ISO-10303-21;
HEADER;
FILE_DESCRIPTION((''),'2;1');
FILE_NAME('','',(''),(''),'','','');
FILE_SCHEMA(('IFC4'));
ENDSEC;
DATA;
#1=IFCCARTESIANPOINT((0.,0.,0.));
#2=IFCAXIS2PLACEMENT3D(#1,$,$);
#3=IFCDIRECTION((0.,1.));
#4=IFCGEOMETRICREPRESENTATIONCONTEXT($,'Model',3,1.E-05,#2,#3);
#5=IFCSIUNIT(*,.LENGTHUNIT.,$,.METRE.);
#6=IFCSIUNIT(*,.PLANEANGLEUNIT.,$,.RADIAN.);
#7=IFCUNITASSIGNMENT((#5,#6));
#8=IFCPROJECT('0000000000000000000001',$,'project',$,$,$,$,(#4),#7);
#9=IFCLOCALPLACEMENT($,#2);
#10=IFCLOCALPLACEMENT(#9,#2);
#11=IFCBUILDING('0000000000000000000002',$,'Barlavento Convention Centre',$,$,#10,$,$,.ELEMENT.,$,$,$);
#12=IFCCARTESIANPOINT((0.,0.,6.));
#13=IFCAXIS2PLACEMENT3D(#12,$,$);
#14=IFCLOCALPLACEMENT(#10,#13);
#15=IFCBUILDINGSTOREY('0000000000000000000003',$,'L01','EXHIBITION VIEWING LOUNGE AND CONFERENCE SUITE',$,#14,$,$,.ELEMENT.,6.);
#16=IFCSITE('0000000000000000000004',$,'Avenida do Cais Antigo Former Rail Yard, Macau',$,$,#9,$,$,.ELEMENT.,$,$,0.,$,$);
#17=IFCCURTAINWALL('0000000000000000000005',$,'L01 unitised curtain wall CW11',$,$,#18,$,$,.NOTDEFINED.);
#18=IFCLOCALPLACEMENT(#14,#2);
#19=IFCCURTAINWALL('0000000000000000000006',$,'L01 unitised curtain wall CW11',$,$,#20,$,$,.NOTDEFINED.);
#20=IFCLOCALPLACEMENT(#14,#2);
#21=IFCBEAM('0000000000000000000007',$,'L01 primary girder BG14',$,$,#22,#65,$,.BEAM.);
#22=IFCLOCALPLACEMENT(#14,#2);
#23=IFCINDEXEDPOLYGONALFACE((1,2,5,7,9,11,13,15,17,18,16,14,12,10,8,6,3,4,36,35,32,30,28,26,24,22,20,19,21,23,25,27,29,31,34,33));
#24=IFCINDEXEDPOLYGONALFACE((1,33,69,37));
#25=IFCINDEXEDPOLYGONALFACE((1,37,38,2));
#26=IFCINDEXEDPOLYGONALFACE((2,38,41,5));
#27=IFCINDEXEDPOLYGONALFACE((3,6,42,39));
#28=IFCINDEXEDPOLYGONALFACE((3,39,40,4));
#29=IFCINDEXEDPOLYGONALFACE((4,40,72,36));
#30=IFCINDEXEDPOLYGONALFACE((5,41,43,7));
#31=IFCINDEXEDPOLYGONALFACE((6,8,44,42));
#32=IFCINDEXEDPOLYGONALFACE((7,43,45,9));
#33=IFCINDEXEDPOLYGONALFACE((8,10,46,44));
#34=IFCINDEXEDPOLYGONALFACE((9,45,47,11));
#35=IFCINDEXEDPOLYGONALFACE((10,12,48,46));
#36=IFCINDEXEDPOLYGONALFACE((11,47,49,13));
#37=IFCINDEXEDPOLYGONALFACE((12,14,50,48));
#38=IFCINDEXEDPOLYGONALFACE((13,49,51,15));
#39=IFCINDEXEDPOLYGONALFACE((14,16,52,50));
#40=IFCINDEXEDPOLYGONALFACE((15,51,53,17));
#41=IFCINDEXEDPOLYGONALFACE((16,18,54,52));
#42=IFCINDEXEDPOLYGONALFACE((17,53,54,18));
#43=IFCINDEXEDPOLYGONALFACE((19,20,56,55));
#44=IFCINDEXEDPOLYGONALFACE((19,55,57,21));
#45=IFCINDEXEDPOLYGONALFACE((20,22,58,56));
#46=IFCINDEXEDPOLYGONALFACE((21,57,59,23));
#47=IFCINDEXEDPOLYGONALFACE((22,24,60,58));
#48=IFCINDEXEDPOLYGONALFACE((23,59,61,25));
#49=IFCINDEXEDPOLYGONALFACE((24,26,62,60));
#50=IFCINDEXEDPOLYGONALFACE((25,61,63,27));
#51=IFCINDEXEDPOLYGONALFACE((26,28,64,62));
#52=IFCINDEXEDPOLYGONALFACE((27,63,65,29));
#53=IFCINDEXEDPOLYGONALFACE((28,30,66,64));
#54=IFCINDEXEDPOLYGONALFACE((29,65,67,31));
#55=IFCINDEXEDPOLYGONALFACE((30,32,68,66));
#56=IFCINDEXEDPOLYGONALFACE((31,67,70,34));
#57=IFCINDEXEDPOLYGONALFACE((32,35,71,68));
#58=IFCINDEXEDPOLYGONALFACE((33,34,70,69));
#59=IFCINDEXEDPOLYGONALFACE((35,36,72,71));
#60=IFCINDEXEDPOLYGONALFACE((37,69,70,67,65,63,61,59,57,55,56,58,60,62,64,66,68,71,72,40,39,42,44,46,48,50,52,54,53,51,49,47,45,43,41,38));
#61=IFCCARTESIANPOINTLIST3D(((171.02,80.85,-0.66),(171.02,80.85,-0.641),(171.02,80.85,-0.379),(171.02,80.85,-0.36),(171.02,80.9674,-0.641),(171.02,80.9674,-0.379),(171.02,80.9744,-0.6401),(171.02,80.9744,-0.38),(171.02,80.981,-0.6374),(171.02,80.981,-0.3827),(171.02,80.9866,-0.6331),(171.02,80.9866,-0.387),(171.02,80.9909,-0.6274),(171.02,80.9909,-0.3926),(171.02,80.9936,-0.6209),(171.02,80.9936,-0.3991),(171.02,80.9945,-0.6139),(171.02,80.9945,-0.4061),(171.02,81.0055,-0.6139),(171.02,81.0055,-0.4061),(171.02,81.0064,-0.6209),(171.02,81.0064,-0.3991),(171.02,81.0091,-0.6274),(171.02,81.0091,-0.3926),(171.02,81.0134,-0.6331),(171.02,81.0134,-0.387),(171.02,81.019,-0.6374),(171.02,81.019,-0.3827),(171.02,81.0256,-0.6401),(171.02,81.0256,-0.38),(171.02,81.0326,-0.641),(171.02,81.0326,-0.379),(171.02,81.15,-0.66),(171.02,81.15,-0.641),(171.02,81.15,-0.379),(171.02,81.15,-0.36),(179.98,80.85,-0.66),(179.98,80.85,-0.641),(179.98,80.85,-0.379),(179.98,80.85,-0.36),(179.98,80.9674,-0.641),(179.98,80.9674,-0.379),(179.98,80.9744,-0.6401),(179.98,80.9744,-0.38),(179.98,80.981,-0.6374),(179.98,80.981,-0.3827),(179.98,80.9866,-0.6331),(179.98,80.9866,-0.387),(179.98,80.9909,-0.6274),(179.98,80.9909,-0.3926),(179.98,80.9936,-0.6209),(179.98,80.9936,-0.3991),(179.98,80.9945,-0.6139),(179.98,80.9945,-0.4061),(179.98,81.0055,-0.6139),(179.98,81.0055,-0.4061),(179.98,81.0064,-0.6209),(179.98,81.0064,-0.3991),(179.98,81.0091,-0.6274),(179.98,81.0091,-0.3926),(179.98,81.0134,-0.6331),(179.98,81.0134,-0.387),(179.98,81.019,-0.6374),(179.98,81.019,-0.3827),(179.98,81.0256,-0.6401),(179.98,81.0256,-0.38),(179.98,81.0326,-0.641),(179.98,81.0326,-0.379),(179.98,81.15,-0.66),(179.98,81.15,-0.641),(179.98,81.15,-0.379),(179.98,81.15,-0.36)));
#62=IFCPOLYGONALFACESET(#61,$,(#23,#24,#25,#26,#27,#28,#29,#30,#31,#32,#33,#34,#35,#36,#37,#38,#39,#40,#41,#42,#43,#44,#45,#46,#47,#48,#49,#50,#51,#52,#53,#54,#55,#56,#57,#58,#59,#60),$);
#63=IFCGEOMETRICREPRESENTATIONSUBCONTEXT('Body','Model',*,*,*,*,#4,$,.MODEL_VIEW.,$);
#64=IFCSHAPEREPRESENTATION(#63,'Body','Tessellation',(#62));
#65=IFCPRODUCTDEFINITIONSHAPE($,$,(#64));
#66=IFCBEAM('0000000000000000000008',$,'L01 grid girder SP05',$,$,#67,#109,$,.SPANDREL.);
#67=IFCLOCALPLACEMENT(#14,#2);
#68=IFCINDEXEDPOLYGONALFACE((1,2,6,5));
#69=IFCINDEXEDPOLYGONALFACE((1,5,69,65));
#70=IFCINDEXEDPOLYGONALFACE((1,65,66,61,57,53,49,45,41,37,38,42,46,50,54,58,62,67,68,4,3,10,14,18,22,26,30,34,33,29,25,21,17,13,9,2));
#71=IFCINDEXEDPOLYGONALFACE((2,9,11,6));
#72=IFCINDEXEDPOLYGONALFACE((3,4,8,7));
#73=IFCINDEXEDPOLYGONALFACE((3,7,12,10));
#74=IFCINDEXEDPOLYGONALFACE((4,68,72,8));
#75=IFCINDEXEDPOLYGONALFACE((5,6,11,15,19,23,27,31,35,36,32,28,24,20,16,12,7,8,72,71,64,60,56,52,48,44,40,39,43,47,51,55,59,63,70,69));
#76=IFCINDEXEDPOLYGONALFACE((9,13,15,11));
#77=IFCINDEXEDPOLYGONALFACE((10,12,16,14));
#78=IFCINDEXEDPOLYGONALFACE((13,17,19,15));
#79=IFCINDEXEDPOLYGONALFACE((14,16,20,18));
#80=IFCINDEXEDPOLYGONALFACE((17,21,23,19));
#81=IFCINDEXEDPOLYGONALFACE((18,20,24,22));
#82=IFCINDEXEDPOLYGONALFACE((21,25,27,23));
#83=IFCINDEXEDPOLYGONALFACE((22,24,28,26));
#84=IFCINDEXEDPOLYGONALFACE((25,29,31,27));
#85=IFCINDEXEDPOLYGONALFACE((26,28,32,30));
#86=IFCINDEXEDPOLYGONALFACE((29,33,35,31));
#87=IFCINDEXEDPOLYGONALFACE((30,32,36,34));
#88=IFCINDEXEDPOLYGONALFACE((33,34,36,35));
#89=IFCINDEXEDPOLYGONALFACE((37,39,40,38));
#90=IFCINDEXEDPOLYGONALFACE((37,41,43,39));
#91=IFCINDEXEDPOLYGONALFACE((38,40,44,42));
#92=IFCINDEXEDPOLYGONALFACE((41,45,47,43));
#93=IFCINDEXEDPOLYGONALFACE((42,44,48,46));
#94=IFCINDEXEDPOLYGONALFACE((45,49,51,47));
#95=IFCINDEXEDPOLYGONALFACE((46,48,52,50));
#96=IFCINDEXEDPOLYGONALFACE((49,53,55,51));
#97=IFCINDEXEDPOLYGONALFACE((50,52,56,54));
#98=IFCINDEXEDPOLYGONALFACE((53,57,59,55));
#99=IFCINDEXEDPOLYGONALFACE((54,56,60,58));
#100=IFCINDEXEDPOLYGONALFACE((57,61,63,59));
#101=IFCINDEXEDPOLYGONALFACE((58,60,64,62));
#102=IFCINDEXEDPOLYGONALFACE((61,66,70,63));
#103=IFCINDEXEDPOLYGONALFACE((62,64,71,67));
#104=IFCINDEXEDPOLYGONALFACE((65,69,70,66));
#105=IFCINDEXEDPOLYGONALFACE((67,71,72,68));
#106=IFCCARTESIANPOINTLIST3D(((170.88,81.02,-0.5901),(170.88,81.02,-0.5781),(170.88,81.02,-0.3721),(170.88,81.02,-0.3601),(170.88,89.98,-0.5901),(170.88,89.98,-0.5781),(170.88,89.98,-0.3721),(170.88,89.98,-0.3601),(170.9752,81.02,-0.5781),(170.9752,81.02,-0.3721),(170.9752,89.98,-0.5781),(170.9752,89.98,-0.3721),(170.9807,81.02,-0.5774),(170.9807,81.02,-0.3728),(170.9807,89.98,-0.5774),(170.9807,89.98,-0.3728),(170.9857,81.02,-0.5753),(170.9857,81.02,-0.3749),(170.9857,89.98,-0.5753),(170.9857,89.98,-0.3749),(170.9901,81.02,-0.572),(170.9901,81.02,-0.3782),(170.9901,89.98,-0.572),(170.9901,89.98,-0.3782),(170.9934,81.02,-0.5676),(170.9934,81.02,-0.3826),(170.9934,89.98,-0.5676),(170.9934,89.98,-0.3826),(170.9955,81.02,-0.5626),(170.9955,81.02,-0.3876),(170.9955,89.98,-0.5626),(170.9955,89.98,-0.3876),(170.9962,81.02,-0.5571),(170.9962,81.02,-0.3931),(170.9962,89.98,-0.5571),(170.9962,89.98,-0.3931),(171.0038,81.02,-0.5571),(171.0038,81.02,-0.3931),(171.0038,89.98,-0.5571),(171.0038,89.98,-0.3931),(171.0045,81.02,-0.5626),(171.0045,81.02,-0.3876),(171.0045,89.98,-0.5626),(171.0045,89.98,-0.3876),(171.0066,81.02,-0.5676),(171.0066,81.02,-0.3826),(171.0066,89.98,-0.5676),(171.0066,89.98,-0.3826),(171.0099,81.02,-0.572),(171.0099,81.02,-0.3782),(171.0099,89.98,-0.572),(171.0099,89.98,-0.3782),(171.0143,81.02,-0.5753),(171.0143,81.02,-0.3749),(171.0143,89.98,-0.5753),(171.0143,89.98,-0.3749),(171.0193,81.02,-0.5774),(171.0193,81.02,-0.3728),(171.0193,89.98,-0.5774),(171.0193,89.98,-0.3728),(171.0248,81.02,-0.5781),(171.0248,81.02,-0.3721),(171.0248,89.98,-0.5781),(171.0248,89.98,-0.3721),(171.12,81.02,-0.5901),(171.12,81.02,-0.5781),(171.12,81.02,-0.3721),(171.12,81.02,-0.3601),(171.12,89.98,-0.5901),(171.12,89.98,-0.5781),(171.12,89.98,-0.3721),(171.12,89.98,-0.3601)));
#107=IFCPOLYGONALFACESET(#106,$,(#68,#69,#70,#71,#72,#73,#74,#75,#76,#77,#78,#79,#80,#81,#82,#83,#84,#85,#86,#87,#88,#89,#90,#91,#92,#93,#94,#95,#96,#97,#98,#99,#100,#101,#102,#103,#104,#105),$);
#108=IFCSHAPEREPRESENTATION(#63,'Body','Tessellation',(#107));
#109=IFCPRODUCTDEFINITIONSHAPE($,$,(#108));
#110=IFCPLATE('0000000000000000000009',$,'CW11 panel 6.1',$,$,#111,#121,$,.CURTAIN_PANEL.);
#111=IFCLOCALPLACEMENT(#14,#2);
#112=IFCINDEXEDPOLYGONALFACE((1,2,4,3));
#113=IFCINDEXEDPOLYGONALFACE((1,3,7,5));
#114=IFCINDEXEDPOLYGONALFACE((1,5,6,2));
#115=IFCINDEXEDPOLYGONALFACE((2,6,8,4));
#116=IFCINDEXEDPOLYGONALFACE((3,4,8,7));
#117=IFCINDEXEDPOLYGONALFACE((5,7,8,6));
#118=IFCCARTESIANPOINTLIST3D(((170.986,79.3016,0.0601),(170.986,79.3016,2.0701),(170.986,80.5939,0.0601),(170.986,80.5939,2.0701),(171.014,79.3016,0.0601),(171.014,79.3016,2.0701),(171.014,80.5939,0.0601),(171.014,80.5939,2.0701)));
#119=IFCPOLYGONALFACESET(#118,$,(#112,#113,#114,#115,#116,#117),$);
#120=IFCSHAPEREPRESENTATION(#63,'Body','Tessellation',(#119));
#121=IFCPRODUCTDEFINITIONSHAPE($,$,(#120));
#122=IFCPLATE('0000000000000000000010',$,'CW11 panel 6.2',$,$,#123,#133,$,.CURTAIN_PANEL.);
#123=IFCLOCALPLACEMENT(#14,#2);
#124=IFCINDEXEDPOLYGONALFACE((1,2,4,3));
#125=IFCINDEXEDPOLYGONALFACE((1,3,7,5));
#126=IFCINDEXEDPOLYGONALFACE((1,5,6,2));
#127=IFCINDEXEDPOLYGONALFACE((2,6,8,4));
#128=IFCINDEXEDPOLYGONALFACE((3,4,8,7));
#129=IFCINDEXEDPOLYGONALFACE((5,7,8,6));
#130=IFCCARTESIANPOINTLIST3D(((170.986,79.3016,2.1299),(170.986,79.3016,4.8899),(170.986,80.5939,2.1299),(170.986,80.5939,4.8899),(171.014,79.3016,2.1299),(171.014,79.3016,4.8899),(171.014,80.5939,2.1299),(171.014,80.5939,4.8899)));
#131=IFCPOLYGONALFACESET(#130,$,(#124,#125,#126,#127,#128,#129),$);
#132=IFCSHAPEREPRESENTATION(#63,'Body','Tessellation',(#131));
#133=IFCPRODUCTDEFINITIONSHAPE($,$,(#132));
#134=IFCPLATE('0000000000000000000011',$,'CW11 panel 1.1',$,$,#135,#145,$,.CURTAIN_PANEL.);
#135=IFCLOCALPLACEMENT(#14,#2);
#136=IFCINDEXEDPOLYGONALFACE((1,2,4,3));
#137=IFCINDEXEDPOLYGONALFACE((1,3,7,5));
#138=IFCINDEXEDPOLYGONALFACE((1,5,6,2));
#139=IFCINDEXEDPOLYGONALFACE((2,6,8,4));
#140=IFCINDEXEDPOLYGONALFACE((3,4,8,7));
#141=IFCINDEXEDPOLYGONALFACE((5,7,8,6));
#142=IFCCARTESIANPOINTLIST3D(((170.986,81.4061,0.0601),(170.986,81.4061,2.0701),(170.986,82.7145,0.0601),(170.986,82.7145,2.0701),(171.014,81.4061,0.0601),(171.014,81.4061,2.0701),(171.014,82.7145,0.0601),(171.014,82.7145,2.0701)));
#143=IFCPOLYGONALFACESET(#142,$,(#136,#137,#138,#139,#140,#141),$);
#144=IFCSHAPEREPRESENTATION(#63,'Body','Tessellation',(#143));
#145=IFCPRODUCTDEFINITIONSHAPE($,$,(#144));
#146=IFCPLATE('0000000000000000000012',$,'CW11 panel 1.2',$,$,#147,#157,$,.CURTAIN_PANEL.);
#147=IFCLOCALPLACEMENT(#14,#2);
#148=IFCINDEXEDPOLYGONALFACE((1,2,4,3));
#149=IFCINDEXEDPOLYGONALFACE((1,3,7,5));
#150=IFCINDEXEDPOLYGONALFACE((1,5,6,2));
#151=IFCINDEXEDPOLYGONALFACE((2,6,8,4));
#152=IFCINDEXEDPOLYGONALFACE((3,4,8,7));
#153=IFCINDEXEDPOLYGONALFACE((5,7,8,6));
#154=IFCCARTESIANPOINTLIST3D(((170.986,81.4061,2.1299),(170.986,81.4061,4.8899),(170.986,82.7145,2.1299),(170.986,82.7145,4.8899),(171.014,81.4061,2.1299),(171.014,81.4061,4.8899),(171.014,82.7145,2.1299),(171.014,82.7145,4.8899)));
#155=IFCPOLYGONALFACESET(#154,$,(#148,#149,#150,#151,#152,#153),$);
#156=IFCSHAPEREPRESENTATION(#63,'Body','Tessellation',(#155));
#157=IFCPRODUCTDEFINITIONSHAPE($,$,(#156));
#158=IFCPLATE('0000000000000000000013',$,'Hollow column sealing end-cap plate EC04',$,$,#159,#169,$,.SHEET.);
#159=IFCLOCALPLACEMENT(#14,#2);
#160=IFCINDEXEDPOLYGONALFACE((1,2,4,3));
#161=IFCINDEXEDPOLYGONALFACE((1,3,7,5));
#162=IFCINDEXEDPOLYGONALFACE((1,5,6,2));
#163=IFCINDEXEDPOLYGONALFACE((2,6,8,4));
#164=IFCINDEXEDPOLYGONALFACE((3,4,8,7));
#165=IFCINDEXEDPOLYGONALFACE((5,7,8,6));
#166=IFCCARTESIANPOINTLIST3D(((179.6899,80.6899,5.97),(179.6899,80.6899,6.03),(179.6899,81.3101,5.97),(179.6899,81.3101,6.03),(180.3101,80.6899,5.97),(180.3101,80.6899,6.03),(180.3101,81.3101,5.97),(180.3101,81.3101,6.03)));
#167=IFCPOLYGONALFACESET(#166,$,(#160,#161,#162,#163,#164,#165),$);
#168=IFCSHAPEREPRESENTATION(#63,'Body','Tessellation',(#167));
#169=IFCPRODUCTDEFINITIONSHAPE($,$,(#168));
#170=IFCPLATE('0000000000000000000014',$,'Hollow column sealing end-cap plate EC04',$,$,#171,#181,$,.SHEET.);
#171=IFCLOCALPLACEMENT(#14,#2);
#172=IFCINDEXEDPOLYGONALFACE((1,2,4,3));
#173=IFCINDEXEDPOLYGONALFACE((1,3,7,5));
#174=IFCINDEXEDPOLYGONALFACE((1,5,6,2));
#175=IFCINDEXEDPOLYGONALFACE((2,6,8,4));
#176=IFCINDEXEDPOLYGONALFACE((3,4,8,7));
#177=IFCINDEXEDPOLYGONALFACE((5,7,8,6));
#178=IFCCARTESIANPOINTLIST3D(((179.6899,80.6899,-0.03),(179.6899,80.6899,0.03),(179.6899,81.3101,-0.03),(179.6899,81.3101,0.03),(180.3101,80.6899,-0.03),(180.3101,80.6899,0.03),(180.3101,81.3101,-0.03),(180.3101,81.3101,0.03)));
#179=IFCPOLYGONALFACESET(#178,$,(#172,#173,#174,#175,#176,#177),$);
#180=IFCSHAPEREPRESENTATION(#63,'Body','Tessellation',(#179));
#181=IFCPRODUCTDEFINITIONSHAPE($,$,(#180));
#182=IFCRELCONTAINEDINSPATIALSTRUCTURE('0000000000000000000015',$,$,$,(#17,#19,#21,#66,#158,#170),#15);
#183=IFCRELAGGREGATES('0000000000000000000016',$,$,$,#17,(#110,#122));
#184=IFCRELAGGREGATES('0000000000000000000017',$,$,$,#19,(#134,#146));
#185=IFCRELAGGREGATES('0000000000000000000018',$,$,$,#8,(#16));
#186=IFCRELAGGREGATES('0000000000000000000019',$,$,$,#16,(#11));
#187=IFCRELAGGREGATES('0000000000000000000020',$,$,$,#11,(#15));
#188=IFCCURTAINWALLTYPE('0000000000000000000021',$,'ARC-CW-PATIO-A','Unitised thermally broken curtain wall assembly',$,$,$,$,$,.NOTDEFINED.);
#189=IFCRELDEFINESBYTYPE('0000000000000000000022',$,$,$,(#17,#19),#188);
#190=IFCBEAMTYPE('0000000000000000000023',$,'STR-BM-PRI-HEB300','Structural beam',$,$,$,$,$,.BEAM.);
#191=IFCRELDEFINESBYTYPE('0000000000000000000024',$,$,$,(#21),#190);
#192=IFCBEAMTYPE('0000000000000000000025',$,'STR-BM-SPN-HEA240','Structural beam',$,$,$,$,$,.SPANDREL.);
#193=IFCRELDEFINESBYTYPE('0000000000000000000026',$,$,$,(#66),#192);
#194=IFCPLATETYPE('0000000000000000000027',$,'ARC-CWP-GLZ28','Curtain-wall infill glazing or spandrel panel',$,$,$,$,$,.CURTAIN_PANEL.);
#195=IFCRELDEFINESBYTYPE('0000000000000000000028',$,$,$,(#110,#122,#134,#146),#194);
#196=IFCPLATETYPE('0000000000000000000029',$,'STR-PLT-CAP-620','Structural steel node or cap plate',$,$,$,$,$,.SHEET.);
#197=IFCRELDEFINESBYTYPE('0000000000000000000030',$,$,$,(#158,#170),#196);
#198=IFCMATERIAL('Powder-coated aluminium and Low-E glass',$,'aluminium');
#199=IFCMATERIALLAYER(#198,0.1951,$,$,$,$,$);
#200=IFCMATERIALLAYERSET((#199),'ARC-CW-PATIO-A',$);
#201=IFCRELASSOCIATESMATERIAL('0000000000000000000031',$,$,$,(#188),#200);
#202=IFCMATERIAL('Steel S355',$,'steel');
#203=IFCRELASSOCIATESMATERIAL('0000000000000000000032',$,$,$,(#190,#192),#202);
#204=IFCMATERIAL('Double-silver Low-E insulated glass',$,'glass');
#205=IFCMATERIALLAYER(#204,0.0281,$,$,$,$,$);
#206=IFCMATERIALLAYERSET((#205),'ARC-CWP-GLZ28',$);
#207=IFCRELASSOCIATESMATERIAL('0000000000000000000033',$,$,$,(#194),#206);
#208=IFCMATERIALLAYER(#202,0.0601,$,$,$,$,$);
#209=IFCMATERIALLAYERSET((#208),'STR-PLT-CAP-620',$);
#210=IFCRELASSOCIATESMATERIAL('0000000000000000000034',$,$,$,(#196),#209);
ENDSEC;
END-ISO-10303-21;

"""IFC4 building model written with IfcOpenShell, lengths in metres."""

from ifc_helpers import new_model, si_unit, direction, frame, origin, origin_2d, place, context, subcontext, project, spatial, rectangle, i_section, extrude, material, layer, layer_set, material_profile, profile_set, type_object, element, aggregate, save


model = new_model("IFC4")

# Units and contexts
model_context = context("Model", 3, precision=1e-05, world=origin(), true_north=direction((0.0, 1.0)))
body_context = subcontext(model_context, "Body", "Model", "MODEL_VIEW")
ifc_project = project(units=[si_unit("LENGTHUNIT", "METRE"), si_unit("PLANEANGLEUNIT", "RADIAN")], contexts=[model_context])

# Site, building, storey
site_placement = place(None, origin())
site = spatial("IfcSite", under=ifc_project, at=site_placement, Name="Avenida do Cais Antigo Former Rail Yard, Macau", CompositionType="ELEMENT", RefElevation=0.0)
building_placement = place(site_placement, origin())
building = spatial("IfcBuilding", under=site, at=building_placement, Name="Barlavento Convention Centre", CompositionType="ELEMENT")
storey_placement = place(building_placement, frame((0.0, 0.0, 6.0)))
storey = spatial("IfcBuildingStorey", under=building, at=storey_placement, Name="L01", Description="EXHIBITION VIEWING LOUNGE AND CONFERENCE SUITE", CompositionType="ELEMENT", Elevation=6.0)

# Shared definitions
ifc_material_1 = material(Name="Steel S355", Category="steel")

# Curtain wall
ifc_material_2 = material(Name="Powder-coated aluminium and Low-E glass", Category="aluminium")
ifc_layer_1 = layer(ifc_material_2, 0.1951)
ifc_layer_set_1 = layer_set([ifc_layer_1], Name="ARC-CW-PATIO-A")
curtain_wall_type = type_object("IfcCurtainWallType", Name="ARC-CW-PATIO-A", Description="Unitised thermally broken curtain wall assembly", PredefinedType="NOTDEFINED", material=ifc_layer_set_1)
curtain_wall_1_placement = place(storey_placement, origin())
curtain_wall_1 = element("IfcCurtainWall", 1, at=curtain_wall_1_placement, inside=storey, type_object=curtain_wall_type, Name="L01 unitised curtain wall CW11", PredefinedType="NOTDEFINED")

# Curtain wall
curtain_wall_2_placement = place(storey_placement, origin())
curtain_wall_2 = element("IfcCurtainWall", 2, at=curtain_wall_2_placement, inside=storey, type_object=curtain_wall_type, Name="L01 unitised curtain wall CW11", PredefinedType="NOTDEFINED")

# Beams
ifc_material_profile_1 = material_profile(ifc_material_1, i_section(OverallWidth=0.3, OverallDepth=0.3, WebThickness=0.011, FlangeThickness=0.019, FilletRadius=0.0271, at=origin_2d()), Name="HEB 300")
ifc_profile_set_1 = profile_set([ifc_material_profile_1], Name="Steel S355")
beam_type_1 = type_object("IfcBeamType", Name="STR-BM-PRI-HEB300", Description="Structural beam", PredefinedType="BEAM", material=ifc_profile_set_1)
beam_1_placement = place(storey_placement, frame((171.02, 81.0, -0.51), z_axis=(1.0, 0.0, 0.0), x_axis=(0.0, 1.0, 0.0)))
element("IfcBeam", 3, at=beam_1_placement, inside=storey, type_object=beam_type_1, Name="L01 primary girder BG14", PredefinedType="BEAM", context=body_context, shape_type="SweptSolid", body=[
    extrude(i_section(OverallWidth=0.3, OverallDepth=0.3, WebThickness=0.011, FlangeThickness=0.019, FilletRadius=0.0271, at=origin_2d()), origin(), (0.0, 0.0, 1.0), 8.96),
])
ifc_material_profile_2 = material_profile(ifc_material_1, i_section(OverallWidth=0.24, OverallDepth=0.23, WebThickness=0.0076, FlangeThickness=0.012, FilletRadius=0.021, at=origin_2d()), Name="HEA 240")
ifc_profile_set_2 = profile_set([ifc_material_profile_2], Name="Steel S355")
beam_type_2 = type_object("IfcBeamType", Name="STR-BM-SPN-HEA240", Description="Structural beam", PredefinedType="SPANDREL", material=ifc_profile_set_2)
beam_2_placement = place(storey_placement, frame((171.0, 81.02, -0.4751), z_axis=(0.0, 1.0, 0.0), x_axis=(-1.0, 0.0, 0.0)))
element("IfcBeam", 4, at=beam_2_placement, inside=storey, type_object=beam_type_2, Name="L01 grid girder SP05", PredefinedType="SPANDREL", context=body_context, shape_type="SweptSolid", body=[
    extrude(i_section(OverallWidth=0.24, OverallDepth=0.23, WebThickness=0.0076, FlangeThickness=0.012, FilletRadius=0.021, at=origin_2d()), origin(), (0.0, 0.0, 1.0), 8.96),
])

# Plates
ifc_material_3 = material(Name="Double-silver Low-E insulated glass", Category="glass")
ifc_layer_2 = layer(ifc_material_3, 0.0281)
ifc_layer_set_2 = layer_set([ifc_layer_2], Name="ARC-CWP-GLZ28")
plate_type_1 = type_object("IfcPlateType", Name="ARC-CWP-GLZ28", Description="Curtain-wall infill glazing or spandrel panel", PredefinedType="CURTAIN_PANEL", material=ifc_layer_set_2)
plate_1_placement = place(storey_placement, frame((171.0, 79.9478, 0.0601), z_axis=(0.0, 0.0, 1.0), x_axis=(0.0, 1.0, 0.0)))
plate_1 = element("IfcPlate", 5, at=plate_1_placement, type_object=plate_type_1, Name="CW11 panel 6.1", PredefinedType="CURTAIN_PANEL", context=body_context, shape_type="SweptSolid", body=[
    extrude(rectangle(XDim=1.2922, YDim=0.0281, at=origin_2d()), origin(), (0.0, 0.0, 1.0), 2.01),
])
plate_2_placement = place(storey_placement, frame((171.0, 79.9478, 2.1299), z_axis=(0.0, 0.0, 1.0), x_axis=(0.0, 1.0, 0.0)))
plate_2 = element("IfcPlate", 6, at=plate_2_placement, type_object=plate_type_1, Name="CW11 panel 6.2", PredefinedType="CURTAIN_PANEL", context=body_context, shape_type="SweptSolid", body=[
    extrude(rectangle(XDim=1.2922, YDim=0.0281, at=origin_2d()), origin(), (0.0, 0.0, 1.0), 2.76),
])
aggregate(curtain_wall_1, [plate_1, plate_2])
plate_3_placement = place(storey_placement, frame((171.0, 82.0603, 0.0601), z_axis=(0.0, 0.0, 1.0), x_axis=(0.0, 1.0, 0.0)))
plate_3 = element("IfcPlate", 7, at=plate_3_placement, type_object=plate_type_1, Name="CW11 panel 1.1", PredefinedType="CURTAIN_PANEL", context=body_context, shape_type="SweptSolid", body=[
    extrude(rectangle(XDim=1.3083, YDim=0.0281, at=origin_2d()), origin(), (0.0, 0.0, 1.0), 2.01),
])
plate_4_placement = place(storey_placement, frame((171.0, 82.0603, 2.1299), z_axis=(0.0, 0.0, 1.0), x_axis=(0.0, 1.0, 0.0)))
plate_4 = element("IfcPlate", 8, at=plate_4_placement, type_object=plate_type_1, Name="CW11 panel 1.2", PredefinedType="CURTAIN_PANEL", context=body_context, shape_type="SweptSolid", body=[
    extrude(rectangle(XDim=1.3083, YDim=0.0281, at=origin_2d()), origin(), (0.0, 0.0, 1.0), 2.76),
])
aggregate(curtain_wall_2, [plate_3, plate_4])

# Plates
ifc_layer_3 = layer(ifc_material_1, 0.0601)
ifc_layer_set_3 = layer_set([ifc_layer_3], Name="STR-PLT-CAP-620")
plate_type_2 = type_object("IfcPlateType", Name="STR-PLT-CAP-620", Description="Structural steel node or cap plate", PredefinedType="SHEET", material=ifc_layer_set_3)
for number, where, z_axis, x_axis, name in (
    (9, (180.0, 81.0, 5.97), (0.0, 0.0, 1.0), (1.0, 0.0, 0.0), "Hollow column sealing end-cap plate EC04"),
    (10, (180.0, 81.0, -0.03), (0.0, 0.0, 1.0), (1.0, 0.0, 0.0), "Hollow column sealing end-cap plate EC04"),
):
    element("IfcPlate", number, at=place(storey_placement, frame(where, z_axis=z_axis, x_axis=x_axis)), inside=storey, type_object=plate_type_2, Name=name, PredefinedType="SHEET", context=body_context, shape_type="SweptSolid", body=[
        extrude(rectangle(XDim=0.6201, YDim=0.6201, at=origin_2d()), origin(), (0.0, 0.0, 1.0), 0.0601),
    ])

save(model, "model.ifc")
